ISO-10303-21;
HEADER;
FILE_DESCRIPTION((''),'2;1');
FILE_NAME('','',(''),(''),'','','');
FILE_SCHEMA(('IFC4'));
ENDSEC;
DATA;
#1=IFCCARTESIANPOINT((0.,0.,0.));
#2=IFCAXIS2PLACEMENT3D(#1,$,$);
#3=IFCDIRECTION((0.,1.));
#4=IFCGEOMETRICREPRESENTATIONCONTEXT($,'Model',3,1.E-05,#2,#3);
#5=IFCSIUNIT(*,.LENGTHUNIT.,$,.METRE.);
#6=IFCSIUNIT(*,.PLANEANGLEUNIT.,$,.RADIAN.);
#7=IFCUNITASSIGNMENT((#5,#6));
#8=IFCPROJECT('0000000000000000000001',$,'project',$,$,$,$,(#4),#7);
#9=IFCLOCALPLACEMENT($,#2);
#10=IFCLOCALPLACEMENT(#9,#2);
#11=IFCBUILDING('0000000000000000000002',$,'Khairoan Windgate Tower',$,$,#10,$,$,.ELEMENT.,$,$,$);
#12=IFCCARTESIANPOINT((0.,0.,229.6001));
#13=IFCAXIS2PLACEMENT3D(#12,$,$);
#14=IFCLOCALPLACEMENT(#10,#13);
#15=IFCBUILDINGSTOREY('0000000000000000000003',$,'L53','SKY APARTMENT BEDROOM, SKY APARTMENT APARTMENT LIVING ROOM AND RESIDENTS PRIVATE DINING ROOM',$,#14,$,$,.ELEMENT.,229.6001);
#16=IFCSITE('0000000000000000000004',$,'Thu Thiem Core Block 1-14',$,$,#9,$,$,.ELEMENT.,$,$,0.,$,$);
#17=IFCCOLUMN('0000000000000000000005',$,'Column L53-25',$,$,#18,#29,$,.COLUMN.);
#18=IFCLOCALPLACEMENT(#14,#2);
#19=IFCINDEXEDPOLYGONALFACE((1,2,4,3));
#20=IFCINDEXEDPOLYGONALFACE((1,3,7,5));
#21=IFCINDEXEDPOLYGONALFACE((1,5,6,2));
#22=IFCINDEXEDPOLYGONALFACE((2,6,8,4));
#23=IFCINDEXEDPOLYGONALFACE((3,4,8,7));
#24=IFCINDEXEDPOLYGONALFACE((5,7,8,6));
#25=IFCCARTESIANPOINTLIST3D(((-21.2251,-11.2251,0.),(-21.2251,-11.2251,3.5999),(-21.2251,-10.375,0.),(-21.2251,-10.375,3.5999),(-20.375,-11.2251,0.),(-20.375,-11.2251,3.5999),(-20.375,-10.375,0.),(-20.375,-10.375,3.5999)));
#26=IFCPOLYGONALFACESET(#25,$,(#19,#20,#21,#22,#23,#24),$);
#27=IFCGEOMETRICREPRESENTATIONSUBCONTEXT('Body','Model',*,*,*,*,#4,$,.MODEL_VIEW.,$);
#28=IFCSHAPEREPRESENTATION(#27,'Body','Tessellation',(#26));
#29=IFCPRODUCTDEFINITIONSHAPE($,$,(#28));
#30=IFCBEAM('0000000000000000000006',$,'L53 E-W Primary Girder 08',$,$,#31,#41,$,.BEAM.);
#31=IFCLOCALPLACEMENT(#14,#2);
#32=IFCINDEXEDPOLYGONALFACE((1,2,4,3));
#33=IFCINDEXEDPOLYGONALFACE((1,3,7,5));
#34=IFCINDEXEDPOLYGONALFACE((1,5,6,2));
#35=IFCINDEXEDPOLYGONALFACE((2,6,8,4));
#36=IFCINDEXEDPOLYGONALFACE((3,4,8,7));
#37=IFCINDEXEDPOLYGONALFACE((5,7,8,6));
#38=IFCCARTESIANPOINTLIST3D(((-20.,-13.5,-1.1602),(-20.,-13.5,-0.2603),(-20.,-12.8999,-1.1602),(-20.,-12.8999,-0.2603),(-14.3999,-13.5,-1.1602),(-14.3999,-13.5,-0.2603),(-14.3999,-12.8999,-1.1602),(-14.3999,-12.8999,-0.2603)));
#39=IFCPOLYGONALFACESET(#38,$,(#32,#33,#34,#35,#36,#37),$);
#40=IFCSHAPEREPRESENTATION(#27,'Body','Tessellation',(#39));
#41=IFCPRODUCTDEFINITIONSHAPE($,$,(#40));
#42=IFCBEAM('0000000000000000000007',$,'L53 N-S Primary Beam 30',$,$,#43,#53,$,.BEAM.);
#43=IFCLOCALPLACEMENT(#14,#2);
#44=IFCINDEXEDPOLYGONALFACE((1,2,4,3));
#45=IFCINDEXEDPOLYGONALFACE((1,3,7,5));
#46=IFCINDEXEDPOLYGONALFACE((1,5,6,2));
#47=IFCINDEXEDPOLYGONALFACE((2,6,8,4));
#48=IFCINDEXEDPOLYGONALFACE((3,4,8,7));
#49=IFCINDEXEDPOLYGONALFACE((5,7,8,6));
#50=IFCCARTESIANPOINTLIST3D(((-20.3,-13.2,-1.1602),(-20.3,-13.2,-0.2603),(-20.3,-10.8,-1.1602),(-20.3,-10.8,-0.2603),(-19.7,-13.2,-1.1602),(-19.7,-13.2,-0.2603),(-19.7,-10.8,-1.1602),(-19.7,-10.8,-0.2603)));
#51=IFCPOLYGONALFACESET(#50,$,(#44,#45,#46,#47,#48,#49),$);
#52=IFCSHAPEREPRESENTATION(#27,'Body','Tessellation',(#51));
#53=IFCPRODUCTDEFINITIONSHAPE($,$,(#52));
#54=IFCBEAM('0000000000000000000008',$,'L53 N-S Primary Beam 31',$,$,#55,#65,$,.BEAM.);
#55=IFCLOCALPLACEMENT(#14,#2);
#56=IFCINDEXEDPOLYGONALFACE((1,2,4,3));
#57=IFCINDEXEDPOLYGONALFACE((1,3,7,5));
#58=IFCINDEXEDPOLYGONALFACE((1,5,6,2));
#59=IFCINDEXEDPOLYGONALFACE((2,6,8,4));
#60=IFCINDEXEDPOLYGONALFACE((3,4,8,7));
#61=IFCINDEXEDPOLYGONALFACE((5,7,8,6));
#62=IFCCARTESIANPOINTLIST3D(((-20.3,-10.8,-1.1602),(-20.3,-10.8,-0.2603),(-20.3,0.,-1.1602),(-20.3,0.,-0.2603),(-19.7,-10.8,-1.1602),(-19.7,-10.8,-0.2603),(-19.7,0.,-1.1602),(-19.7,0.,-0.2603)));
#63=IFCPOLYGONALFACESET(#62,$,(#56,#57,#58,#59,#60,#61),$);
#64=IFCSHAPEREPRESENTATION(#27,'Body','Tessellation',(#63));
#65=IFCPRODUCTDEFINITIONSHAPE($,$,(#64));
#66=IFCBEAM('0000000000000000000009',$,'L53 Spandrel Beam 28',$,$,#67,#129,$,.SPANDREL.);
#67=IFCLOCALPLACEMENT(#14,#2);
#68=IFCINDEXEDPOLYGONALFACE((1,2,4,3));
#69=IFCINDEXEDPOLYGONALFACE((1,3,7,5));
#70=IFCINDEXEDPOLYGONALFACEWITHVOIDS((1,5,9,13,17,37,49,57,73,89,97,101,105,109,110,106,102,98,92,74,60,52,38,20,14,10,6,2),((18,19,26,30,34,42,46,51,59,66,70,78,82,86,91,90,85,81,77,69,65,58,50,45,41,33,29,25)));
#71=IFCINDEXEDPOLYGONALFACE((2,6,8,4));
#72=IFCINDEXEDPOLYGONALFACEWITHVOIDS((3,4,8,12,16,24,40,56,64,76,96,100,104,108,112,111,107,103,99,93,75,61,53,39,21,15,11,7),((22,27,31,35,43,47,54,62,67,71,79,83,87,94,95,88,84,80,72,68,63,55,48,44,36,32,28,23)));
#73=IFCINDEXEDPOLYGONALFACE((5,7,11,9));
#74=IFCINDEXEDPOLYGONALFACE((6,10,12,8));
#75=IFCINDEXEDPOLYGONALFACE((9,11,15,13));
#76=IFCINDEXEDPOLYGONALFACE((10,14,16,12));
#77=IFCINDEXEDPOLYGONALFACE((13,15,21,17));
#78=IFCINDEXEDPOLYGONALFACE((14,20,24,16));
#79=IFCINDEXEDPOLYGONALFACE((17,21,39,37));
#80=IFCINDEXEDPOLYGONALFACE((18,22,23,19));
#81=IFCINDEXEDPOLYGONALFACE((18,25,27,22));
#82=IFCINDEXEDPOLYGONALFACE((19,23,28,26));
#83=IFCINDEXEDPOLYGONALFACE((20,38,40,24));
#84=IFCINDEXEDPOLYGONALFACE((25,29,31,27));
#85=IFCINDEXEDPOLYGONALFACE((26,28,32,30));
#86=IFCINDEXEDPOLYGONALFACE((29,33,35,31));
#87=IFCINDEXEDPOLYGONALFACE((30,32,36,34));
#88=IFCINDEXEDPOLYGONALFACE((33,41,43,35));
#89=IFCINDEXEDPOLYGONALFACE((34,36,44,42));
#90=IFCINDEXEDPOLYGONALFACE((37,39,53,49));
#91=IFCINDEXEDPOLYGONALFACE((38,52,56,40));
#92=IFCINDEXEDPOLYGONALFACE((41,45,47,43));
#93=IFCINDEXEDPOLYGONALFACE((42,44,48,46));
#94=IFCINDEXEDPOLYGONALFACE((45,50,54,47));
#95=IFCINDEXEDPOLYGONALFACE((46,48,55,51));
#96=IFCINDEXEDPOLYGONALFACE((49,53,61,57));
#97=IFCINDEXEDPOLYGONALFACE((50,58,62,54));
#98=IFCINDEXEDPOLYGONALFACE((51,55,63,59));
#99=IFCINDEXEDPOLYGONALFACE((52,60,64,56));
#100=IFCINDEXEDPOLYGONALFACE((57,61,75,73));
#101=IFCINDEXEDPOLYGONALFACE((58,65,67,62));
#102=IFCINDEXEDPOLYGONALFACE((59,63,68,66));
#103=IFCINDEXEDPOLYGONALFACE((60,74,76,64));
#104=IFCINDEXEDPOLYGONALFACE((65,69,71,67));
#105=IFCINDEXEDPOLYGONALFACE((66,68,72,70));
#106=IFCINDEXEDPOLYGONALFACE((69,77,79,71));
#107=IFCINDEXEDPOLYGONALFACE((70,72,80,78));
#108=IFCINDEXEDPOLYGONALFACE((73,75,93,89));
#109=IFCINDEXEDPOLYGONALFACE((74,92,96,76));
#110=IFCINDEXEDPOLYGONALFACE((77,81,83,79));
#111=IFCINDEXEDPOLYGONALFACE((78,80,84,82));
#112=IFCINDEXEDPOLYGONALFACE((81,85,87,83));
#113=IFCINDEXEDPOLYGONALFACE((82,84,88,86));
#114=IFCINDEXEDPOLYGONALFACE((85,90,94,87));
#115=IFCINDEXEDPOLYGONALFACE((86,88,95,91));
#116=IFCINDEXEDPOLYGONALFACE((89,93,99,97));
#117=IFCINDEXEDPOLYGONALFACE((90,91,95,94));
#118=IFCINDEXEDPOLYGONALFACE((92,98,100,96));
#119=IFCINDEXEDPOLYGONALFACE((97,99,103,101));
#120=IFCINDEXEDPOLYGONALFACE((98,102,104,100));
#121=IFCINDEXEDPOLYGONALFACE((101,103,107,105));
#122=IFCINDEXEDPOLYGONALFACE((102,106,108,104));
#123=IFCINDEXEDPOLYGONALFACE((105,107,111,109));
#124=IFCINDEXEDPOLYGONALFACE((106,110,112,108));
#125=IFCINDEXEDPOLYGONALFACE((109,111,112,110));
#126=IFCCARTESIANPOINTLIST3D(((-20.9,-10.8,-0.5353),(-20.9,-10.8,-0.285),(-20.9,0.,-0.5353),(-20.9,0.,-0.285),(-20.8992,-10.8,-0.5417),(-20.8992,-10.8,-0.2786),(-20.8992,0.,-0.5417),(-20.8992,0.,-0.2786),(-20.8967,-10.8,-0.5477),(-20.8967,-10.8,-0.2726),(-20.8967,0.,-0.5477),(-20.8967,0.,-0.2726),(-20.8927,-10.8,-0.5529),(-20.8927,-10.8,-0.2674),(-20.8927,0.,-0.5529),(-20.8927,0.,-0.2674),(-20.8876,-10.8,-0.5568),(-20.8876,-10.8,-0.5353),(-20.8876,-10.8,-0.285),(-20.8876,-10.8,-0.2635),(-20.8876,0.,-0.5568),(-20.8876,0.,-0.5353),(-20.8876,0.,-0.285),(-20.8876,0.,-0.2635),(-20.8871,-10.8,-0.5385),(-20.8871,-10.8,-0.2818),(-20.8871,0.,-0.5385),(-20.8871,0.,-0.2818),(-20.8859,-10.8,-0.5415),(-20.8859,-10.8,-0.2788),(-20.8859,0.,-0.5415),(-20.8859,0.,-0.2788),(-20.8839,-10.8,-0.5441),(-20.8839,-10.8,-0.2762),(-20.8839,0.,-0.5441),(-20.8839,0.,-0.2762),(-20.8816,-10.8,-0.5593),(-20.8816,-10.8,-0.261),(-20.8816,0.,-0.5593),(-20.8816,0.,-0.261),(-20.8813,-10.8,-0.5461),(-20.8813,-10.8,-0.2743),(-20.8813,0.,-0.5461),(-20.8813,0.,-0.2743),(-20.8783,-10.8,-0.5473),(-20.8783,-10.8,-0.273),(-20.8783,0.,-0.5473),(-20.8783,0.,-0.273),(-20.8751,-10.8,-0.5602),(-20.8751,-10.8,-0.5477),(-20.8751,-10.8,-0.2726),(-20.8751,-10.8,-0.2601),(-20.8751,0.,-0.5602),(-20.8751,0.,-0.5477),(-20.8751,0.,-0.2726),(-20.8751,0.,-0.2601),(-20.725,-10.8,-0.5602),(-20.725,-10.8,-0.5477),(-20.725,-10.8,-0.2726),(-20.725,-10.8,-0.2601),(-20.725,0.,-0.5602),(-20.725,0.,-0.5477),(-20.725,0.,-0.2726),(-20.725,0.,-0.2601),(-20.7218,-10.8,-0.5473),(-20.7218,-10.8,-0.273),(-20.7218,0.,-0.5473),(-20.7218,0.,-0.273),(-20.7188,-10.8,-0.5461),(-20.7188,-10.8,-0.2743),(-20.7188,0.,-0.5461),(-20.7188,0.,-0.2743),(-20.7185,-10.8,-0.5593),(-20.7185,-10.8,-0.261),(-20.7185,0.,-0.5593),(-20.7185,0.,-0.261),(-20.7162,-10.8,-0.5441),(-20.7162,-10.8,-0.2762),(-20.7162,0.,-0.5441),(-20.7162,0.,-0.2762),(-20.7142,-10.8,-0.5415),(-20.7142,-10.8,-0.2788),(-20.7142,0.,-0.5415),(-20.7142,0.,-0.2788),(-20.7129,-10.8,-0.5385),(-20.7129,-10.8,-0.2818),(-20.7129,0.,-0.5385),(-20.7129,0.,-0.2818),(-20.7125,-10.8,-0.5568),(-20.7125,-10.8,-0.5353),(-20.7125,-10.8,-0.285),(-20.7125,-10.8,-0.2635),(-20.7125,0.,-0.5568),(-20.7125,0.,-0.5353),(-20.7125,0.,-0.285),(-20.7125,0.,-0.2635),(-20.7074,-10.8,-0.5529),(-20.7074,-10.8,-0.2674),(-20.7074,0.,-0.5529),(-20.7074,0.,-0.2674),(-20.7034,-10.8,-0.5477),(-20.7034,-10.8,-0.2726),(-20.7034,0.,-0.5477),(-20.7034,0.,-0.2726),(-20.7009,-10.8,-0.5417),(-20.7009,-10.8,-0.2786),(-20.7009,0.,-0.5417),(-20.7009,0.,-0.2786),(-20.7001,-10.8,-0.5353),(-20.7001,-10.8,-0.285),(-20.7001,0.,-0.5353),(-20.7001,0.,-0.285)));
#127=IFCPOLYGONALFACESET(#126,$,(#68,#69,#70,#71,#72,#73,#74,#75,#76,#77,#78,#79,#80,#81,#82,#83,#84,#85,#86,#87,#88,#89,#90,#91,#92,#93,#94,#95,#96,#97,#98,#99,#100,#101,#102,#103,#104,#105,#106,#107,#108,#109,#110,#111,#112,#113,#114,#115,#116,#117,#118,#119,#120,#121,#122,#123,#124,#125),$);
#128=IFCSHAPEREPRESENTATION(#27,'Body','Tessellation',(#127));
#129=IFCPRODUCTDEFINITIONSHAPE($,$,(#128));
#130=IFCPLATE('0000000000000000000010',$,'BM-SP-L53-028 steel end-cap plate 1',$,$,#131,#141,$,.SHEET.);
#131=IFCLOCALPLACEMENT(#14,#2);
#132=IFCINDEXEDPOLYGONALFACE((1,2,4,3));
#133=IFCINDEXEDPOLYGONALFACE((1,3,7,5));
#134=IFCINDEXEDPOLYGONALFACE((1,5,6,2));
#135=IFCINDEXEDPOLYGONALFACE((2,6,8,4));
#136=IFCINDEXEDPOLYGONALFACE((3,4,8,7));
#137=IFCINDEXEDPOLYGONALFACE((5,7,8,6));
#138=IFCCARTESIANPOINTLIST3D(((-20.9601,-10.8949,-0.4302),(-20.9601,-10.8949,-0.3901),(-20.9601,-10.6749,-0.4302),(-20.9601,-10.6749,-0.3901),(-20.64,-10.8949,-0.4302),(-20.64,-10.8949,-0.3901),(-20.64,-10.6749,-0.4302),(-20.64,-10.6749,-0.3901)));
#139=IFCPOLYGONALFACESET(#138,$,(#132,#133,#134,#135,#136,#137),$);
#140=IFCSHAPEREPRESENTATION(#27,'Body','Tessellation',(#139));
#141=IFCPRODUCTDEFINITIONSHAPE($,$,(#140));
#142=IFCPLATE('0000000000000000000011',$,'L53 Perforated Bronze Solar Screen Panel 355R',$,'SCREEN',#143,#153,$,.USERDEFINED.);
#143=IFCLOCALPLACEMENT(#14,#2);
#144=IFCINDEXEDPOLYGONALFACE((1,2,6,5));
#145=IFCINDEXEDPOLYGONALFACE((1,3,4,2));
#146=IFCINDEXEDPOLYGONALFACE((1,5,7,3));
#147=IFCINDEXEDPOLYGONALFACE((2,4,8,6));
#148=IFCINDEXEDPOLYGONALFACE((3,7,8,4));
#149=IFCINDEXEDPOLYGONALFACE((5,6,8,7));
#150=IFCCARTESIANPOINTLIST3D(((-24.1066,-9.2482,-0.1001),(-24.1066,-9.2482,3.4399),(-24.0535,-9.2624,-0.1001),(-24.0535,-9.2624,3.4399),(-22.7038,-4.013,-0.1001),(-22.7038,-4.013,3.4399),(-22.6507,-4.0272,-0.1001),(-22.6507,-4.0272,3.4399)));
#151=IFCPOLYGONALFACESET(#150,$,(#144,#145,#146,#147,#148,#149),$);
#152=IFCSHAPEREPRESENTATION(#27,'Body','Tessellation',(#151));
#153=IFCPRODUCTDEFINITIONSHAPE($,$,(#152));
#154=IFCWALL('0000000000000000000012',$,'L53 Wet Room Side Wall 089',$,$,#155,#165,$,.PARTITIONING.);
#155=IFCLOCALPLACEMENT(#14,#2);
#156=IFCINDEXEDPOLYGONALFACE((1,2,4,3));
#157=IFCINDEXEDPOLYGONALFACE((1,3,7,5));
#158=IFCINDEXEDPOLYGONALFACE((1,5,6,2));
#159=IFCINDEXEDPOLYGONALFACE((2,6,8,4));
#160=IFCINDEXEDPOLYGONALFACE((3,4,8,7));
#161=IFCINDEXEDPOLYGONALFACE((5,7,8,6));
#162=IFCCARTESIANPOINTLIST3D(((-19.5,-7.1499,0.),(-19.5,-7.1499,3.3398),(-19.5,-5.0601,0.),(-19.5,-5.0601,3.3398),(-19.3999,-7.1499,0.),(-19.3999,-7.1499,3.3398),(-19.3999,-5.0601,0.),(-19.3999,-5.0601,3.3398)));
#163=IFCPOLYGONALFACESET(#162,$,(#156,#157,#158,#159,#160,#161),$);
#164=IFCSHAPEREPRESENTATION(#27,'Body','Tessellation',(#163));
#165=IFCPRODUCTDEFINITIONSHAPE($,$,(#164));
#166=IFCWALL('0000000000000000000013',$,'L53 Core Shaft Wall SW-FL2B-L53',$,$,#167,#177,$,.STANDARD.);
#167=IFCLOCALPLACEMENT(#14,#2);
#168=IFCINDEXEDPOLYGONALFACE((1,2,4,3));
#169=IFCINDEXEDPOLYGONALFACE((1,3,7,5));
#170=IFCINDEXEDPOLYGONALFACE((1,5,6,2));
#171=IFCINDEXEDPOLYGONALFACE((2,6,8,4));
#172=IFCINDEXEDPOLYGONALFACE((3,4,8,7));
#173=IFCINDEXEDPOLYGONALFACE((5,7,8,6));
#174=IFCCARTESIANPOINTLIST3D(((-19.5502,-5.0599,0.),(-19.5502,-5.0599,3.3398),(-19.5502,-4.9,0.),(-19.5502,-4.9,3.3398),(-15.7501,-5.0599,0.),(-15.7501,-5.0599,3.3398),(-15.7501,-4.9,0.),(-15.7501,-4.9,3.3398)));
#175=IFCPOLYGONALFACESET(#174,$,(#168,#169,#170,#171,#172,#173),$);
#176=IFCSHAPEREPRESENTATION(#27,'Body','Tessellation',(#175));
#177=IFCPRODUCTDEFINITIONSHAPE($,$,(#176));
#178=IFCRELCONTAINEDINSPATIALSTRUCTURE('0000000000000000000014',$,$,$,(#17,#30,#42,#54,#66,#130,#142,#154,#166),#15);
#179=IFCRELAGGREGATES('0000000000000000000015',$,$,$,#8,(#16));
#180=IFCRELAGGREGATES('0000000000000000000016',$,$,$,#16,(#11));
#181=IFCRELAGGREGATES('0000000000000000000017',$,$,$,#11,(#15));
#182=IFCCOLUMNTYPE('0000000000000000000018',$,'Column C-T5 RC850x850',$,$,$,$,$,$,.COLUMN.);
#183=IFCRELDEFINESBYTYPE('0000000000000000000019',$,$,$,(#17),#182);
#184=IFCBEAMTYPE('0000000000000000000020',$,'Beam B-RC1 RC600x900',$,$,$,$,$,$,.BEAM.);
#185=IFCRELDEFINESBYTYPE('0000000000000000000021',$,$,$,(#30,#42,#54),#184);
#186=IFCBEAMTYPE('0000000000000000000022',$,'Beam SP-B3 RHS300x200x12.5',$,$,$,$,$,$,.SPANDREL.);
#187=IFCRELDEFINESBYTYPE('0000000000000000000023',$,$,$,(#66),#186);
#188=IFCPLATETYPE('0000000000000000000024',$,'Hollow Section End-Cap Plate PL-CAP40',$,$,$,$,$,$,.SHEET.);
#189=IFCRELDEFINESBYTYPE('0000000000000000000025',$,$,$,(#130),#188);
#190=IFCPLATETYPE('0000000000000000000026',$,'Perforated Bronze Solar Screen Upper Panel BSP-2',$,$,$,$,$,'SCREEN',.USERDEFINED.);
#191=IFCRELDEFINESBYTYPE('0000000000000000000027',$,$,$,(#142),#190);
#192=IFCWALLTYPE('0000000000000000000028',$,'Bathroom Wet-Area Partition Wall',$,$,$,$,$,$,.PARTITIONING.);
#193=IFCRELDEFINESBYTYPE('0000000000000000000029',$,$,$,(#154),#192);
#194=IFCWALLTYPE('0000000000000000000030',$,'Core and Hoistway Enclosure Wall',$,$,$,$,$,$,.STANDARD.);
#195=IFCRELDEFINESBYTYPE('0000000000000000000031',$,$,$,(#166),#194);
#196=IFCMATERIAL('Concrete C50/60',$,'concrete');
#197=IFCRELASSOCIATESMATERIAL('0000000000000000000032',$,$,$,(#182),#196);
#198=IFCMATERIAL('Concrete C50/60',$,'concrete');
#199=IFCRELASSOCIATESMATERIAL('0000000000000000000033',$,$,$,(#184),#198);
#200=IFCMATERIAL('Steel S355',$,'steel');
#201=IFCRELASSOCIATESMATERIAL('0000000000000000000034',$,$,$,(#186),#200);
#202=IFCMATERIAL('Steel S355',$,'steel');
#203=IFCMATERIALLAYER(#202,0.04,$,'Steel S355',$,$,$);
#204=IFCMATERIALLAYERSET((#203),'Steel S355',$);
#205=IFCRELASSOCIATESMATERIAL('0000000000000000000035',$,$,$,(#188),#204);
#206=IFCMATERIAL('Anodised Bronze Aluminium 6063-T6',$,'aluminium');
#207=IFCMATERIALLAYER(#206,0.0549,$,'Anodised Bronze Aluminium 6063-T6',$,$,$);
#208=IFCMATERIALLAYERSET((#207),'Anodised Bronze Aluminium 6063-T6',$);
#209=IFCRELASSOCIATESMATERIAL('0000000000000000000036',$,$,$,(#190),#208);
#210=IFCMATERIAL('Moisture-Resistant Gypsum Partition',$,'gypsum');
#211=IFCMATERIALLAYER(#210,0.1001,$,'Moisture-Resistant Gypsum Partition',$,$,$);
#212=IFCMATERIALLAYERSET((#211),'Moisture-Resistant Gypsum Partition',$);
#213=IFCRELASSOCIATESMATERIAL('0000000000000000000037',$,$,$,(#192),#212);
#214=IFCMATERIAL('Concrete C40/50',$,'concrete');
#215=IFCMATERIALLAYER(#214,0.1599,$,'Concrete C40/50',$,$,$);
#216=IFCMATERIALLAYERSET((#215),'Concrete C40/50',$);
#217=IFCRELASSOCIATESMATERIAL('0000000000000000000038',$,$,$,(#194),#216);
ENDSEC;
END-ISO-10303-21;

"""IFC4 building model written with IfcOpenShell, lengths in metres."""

from ifc_helpers import new_model, si_unit, direction, frame, frame_2d, origin, origin_2d, place, context, subcontext, project, spatial, rectangle, hollow_rectangle, extrude, material, layer, layer_set, material_profile, profile_set, type_object, element, save


model = new_model("IFC4")

# Units and contexts
model_context = context("Model", 3, precision=1e-05, world=origin(), true_north=direction((0.0, 1.0)))
body_context = subcontext(model_context, "Body", "Model", "MODEL_VIEW")
ifc_project = project(units=[si_unit("LENGTHUNIT", "METRE"), si_unit("PLANEANGLEUNIT", "RADIAN")], contexts=[model_context])

# Site, building, storey
site_placement = place(None, origin())
site = spatial("IfcSite", under=ifc_project, at=site_placement, Name="Thu Thiem Core Block 1-14", CompositionType="ELEMENT", RefElevation=0.0)
building_placement = place(site_placement, origin())
building = spatial("IfcBuilding", under=site, at=building_placement, Name="Khairoan Windgate Tower", CompositionType="ELEMENT")
storey_placement = place(building_placement, frame((0.0, 0.0, 229.6001)))
storey = spatial("IfcBuildingStorey", under=building, at=storey_placement, Name="L53", Description="SKY APARTMENT BEDROOM, SKY APARTMENT APARTMENT LIVING ROOM AND RESIDENTS PRIVATE DINING ROOM", CompositionType="ELEMENT", Elevation=229.6001)

# Column
ifc_material_1 = material(Name="Concrete C50/60", Category="concrete")
ifc_material_profile_1 = material_profile(ifc_material_1, rectangle(XDim=0.8501, YDim=0.8501, at=origin_2d()))
ifc_profile_set_1 = profile_set([ifc_material_profile_1], Name="Concrete C50/60")
column_type = type_object("IfcColumnType", Name="Column C-T5 RC850x850", PredefinedType="COLUMN", material=ifc_profile_set_1)
column_placement = place(storey_placement, frame((-20.8, -10.8, 0.0), z_axis=(0.0, 0.0, 1.0), x_axis=(1.0, 0.0, 0.0)))
element("IfcColumn", 1, at=column_placement, inside=storey, type_object=column_type, Name="Column L53-25", PredefinedType="COLUMN", context=body_context, shape_type="SweptSolid", body=[
    extrude(rectangle(XDim=0.8501, YDim=0.8501, at=origin_2d()), origin(), (0.0, 0.0, 1.0), 3.5999),
])

# Beams
ifc_material_2 = material(Name="Concrete C50/60", Category="concrete")
ifc_material_profile_2 = material_profile(ifc_material_2, rectangle(XDim=0.6001, YDim=0.8999, at=origin_2d()))
ifc_profile_set_2 = profile_set([ifc_material_profile_2], Name="Concrete C50/60")
beam_type_1 = type_object("IfcBeamType", Name="Beam B-RC1 RC600x900", PredefinedType="BEAM", material=ifc_profile_set_2)
beam_1_placement = place(storey_placement, frame((-20.0, -13.2, -0.7102), z_axis=(1.0, 0.0, 0.0), x_axis=(0.0, 1.0, 0.0)))
element("IfcBeam", 2, at=beam_1_placement, inside=storey, type_object=beam_type_1, Name="L53 E-W Primary Girder 08", PredefinedType="BEAM", context=body_context, shape_type="SweptSolid", body=[
    extrude(rectangle(XDim=0.6001, YDim=0.8999, at=origin_2d()), origin(), (0.0, 0.0, 1.0), 5.6001),
])
beam_2_placement = place(storey_placement, frame((-20.0, -13.2, -0.7102), z_axis=(0.0, 1.0, 0.0), x_axis=(-1.0, 0.0, 0.0)))
element("IfcBeam", 3, at=beam_2_placement, inside=storey, type_object=beam_type_1, Name="L53 N-S Primary Beam 30", PredefinedType="BEAM", context=body_context, shape_type="SweptSolid", body=[
    extrude(rectangle(XDim=0.6001, YDim=0.8999, at=origin_2d()), origin(), (0.0, 0.0, 1.0), 2.3999),
])
beam_3_placement = place(storey_placement, frame((-20.0, -10.8, -0.7102), z_axis=(0.0, 1.0, 0.0), x_axis=(-1.0, 0.0, 0.0)))
element("IfcBeam", 4, at=beam_3_placement, inside=storey, type_object=beam_type_1, Name="L53 N-S Primary Beam 31", PredefinedType="BEAM", context=body_context, shape_type="SweptSolid", body=[
    extrude(rectangle(XDim=0.6001, YDim=0.8999, at=origin_2d()), origin(), (0.0, 0.0, 1.0), 10.8),
])
ifc_material_3 = material(Name="Steel S355", Category="steel")
ifc_material_profile_3 = material_profile(ifc_material_3, hollow_rectangle(XDim=0.2, YDim=0.3, WallThickness=0.0125, InnerFilletRadius=0.0125, OuterFilletRadius=0.0249, at=origin_2d()))
ifc_profile_set_3 = profile_set([ifc_material_profile_3], Name="Steel S355")
beam_type_2 = type_object("IfcBeamType", Name="Beam SP-B3 RHS300x200x12.5", PredefinedType="SPANDREL", material=ifc_profile_set_3)
beam_4_placement = place(storey_placement, frame((-20.8, -10.8, -0.4102), z_axis=(0.0, 1.0, 0.0), x_axis=(-1.0, 0.0, 0.0)))
element("IfcBeam", 5, at=beam_4_placement, inside=storey, type_object=beam_type_2, Name="L53 Spandrel Beam 28", PredefinedType="SPANDREL", context=body_context, shape_type="SweptSolid", body=[
    extrude(hollow_rectangle(XDim=0.2, YDim=0.3, WallThickness=0.0125, InnerFilletRadius=0.0125, OuterFilletRadius=0.0249, at=origin_2d()), origin(), (0.0, 0.0, 1.0), 10.8),
])

# Plates
ifc_material_4 = material(Name="Steel S355", Category="steel")
ifc_layer_1 = layer(ifc_material_4, 0.04, Name="Steel S355")
ifc_layer_set_1 = layer_set([ifc_layer_1], Name="Steel S355")
plate_type_1 = type_object("IfcPlateType", Name="Hollow Section End-Cap Plate PL-CAP40", PredefinedType="SHEET", material=ifc_layer_set_1)
plate_1_placement = place(storey_placement, frame((-20.8, -10.7849, -0.4302), z_axis=(0.0, 0.0, 1.0), x_axis=(0.0, 1.0, 0.0)))
element("IfcPlate", 6, at=plate_1_placement, inside=storey, type_object=plate_type_1, Name="BM-SP-L53-028 steel end-cap plate 1", PredefinedType="SHEET", context=body_context, shape_type="SweptSolid", body=[
    extrude(rectangle(XDim=0.22, YDim=0.3201, at=origin_2d()), origin(), (0.0, 0.0, 1.0), 0.04),
])
ifc_material_5 = material(Name="Anodised Bronze Aluminium 6063-T6", Category="aluminium")
ifc_layer_2 = layer(ifc_material_5, 0.0549, Name="Anodised Bronze Aluminium 6063-T6")
ifc_layer_set_2 = layer_set([ifc_layer_2], Name="Anodised Bronze Aluminium 6063-T6")
plate_type_2 = type_object("IfcPlateType", Name="Perforated Bronze Solar Screen Upper Panel BSP-2", ElementType="SCREEN", PredefinedType="USERDEFINED", material=ifc_layer_set_2)
plate_2_placement = place(storey_placement, frame((-23.3787, -6.6377, -0.1001), z_axis=(0.0, 0.0, 1.0), x_axis=(0.258819, 0.965926, 0.0)))
element("IfcPlate", 7, at=plate_2_placement, inside=storey, type_object=plate_type_2, Name="L53 Perforated Bronze Solar Screen Panel 355R", ObjectType="SCREEN", PredefinedType="USERDEFINED", context=body_context, shape_type="SweptSolid", body=[
    extrude(rectangle(XDim=5.4199, YDim=0.0549, at=origin_2d()), origin(), (0.0, 0.0, 1.0), 3.54),
])

# Walls
ifc_material_6 = material(Name="Moisture-Resistant Gypsum Partition", Category="gypsum")
ifc_layer_3 = layer(ifc_material_6, 0.1001, Name="Moisture-Resistant Gypsum Partition")
ifc_layer_set_3 = layer_set([ifc_layer_3], Name="Moisture-Resistant Gypsum Partition")
wall_type_1 = type_object("IfcWallType", Name="Bathroom Wet-Area Partition Wall", PredefinedType="PARTITIONING", material=ifc_layer_set_3)
wall_1_placement = place(storey_placement, frame((-19.45, -7.1499, 0.0), z_axis=(0.0, 0.0, 1.0), x_axis=(0.0, 1.0, 0.0)))
element("IfcWall", 8, at=wall_1_placement, inside=storey, type_object=wall_type_1, Name="L53 Wet Room Side Wall 089", PredefinedType="PARTITIONING", context=body_context, shape_type="SweptSolid", body=[
    extrude(rectangle(XDim=2.0898, YDim=0.1001, at=frame_2d((1.0449, 0.0))), origin(), (0.0, 0.0, 1.0), 3.3398),
])
ifc_material_7 = material(Name="Concrete C40/50", Category="concrete")
ifc_layer_4 = layer(ifc_material_7, 0.1599, Name="Concrete C40/50")
ifc_layer_set_4 = layer_set([ifc_layer_4], Name="Concrete C40/50")
wall_type_2 = type_object("IfcWallType", Name="Core and Hoistway Enclosure Wall", PredefinedType="STANDARD", material=ifc_layer_set_4)
wall_2_placement = place(storey_placement, frame((-19.55, -4.98, 0.0), z_axis=(0.0, 0.0, 1.0), x_axis=(1.0, 0.0, 0.0)))
element("IfcWall", 9, at=wall_2_placement, inside=storey, type_object=wall_type_2, Name="L53 Core Shaft Wall SW-FL2B-L53", PredefinedType="STANDARD", context=body_context, shape_type="SweptSolid", body=[
    extrude(rectangle(XDim=3.8, YDim=0.1599, at=frame_2d((1.8999, 0.0))), origin(), (0.0, 0.0, 1.0), 3.3398),
])

save(model, "model.ifc")
